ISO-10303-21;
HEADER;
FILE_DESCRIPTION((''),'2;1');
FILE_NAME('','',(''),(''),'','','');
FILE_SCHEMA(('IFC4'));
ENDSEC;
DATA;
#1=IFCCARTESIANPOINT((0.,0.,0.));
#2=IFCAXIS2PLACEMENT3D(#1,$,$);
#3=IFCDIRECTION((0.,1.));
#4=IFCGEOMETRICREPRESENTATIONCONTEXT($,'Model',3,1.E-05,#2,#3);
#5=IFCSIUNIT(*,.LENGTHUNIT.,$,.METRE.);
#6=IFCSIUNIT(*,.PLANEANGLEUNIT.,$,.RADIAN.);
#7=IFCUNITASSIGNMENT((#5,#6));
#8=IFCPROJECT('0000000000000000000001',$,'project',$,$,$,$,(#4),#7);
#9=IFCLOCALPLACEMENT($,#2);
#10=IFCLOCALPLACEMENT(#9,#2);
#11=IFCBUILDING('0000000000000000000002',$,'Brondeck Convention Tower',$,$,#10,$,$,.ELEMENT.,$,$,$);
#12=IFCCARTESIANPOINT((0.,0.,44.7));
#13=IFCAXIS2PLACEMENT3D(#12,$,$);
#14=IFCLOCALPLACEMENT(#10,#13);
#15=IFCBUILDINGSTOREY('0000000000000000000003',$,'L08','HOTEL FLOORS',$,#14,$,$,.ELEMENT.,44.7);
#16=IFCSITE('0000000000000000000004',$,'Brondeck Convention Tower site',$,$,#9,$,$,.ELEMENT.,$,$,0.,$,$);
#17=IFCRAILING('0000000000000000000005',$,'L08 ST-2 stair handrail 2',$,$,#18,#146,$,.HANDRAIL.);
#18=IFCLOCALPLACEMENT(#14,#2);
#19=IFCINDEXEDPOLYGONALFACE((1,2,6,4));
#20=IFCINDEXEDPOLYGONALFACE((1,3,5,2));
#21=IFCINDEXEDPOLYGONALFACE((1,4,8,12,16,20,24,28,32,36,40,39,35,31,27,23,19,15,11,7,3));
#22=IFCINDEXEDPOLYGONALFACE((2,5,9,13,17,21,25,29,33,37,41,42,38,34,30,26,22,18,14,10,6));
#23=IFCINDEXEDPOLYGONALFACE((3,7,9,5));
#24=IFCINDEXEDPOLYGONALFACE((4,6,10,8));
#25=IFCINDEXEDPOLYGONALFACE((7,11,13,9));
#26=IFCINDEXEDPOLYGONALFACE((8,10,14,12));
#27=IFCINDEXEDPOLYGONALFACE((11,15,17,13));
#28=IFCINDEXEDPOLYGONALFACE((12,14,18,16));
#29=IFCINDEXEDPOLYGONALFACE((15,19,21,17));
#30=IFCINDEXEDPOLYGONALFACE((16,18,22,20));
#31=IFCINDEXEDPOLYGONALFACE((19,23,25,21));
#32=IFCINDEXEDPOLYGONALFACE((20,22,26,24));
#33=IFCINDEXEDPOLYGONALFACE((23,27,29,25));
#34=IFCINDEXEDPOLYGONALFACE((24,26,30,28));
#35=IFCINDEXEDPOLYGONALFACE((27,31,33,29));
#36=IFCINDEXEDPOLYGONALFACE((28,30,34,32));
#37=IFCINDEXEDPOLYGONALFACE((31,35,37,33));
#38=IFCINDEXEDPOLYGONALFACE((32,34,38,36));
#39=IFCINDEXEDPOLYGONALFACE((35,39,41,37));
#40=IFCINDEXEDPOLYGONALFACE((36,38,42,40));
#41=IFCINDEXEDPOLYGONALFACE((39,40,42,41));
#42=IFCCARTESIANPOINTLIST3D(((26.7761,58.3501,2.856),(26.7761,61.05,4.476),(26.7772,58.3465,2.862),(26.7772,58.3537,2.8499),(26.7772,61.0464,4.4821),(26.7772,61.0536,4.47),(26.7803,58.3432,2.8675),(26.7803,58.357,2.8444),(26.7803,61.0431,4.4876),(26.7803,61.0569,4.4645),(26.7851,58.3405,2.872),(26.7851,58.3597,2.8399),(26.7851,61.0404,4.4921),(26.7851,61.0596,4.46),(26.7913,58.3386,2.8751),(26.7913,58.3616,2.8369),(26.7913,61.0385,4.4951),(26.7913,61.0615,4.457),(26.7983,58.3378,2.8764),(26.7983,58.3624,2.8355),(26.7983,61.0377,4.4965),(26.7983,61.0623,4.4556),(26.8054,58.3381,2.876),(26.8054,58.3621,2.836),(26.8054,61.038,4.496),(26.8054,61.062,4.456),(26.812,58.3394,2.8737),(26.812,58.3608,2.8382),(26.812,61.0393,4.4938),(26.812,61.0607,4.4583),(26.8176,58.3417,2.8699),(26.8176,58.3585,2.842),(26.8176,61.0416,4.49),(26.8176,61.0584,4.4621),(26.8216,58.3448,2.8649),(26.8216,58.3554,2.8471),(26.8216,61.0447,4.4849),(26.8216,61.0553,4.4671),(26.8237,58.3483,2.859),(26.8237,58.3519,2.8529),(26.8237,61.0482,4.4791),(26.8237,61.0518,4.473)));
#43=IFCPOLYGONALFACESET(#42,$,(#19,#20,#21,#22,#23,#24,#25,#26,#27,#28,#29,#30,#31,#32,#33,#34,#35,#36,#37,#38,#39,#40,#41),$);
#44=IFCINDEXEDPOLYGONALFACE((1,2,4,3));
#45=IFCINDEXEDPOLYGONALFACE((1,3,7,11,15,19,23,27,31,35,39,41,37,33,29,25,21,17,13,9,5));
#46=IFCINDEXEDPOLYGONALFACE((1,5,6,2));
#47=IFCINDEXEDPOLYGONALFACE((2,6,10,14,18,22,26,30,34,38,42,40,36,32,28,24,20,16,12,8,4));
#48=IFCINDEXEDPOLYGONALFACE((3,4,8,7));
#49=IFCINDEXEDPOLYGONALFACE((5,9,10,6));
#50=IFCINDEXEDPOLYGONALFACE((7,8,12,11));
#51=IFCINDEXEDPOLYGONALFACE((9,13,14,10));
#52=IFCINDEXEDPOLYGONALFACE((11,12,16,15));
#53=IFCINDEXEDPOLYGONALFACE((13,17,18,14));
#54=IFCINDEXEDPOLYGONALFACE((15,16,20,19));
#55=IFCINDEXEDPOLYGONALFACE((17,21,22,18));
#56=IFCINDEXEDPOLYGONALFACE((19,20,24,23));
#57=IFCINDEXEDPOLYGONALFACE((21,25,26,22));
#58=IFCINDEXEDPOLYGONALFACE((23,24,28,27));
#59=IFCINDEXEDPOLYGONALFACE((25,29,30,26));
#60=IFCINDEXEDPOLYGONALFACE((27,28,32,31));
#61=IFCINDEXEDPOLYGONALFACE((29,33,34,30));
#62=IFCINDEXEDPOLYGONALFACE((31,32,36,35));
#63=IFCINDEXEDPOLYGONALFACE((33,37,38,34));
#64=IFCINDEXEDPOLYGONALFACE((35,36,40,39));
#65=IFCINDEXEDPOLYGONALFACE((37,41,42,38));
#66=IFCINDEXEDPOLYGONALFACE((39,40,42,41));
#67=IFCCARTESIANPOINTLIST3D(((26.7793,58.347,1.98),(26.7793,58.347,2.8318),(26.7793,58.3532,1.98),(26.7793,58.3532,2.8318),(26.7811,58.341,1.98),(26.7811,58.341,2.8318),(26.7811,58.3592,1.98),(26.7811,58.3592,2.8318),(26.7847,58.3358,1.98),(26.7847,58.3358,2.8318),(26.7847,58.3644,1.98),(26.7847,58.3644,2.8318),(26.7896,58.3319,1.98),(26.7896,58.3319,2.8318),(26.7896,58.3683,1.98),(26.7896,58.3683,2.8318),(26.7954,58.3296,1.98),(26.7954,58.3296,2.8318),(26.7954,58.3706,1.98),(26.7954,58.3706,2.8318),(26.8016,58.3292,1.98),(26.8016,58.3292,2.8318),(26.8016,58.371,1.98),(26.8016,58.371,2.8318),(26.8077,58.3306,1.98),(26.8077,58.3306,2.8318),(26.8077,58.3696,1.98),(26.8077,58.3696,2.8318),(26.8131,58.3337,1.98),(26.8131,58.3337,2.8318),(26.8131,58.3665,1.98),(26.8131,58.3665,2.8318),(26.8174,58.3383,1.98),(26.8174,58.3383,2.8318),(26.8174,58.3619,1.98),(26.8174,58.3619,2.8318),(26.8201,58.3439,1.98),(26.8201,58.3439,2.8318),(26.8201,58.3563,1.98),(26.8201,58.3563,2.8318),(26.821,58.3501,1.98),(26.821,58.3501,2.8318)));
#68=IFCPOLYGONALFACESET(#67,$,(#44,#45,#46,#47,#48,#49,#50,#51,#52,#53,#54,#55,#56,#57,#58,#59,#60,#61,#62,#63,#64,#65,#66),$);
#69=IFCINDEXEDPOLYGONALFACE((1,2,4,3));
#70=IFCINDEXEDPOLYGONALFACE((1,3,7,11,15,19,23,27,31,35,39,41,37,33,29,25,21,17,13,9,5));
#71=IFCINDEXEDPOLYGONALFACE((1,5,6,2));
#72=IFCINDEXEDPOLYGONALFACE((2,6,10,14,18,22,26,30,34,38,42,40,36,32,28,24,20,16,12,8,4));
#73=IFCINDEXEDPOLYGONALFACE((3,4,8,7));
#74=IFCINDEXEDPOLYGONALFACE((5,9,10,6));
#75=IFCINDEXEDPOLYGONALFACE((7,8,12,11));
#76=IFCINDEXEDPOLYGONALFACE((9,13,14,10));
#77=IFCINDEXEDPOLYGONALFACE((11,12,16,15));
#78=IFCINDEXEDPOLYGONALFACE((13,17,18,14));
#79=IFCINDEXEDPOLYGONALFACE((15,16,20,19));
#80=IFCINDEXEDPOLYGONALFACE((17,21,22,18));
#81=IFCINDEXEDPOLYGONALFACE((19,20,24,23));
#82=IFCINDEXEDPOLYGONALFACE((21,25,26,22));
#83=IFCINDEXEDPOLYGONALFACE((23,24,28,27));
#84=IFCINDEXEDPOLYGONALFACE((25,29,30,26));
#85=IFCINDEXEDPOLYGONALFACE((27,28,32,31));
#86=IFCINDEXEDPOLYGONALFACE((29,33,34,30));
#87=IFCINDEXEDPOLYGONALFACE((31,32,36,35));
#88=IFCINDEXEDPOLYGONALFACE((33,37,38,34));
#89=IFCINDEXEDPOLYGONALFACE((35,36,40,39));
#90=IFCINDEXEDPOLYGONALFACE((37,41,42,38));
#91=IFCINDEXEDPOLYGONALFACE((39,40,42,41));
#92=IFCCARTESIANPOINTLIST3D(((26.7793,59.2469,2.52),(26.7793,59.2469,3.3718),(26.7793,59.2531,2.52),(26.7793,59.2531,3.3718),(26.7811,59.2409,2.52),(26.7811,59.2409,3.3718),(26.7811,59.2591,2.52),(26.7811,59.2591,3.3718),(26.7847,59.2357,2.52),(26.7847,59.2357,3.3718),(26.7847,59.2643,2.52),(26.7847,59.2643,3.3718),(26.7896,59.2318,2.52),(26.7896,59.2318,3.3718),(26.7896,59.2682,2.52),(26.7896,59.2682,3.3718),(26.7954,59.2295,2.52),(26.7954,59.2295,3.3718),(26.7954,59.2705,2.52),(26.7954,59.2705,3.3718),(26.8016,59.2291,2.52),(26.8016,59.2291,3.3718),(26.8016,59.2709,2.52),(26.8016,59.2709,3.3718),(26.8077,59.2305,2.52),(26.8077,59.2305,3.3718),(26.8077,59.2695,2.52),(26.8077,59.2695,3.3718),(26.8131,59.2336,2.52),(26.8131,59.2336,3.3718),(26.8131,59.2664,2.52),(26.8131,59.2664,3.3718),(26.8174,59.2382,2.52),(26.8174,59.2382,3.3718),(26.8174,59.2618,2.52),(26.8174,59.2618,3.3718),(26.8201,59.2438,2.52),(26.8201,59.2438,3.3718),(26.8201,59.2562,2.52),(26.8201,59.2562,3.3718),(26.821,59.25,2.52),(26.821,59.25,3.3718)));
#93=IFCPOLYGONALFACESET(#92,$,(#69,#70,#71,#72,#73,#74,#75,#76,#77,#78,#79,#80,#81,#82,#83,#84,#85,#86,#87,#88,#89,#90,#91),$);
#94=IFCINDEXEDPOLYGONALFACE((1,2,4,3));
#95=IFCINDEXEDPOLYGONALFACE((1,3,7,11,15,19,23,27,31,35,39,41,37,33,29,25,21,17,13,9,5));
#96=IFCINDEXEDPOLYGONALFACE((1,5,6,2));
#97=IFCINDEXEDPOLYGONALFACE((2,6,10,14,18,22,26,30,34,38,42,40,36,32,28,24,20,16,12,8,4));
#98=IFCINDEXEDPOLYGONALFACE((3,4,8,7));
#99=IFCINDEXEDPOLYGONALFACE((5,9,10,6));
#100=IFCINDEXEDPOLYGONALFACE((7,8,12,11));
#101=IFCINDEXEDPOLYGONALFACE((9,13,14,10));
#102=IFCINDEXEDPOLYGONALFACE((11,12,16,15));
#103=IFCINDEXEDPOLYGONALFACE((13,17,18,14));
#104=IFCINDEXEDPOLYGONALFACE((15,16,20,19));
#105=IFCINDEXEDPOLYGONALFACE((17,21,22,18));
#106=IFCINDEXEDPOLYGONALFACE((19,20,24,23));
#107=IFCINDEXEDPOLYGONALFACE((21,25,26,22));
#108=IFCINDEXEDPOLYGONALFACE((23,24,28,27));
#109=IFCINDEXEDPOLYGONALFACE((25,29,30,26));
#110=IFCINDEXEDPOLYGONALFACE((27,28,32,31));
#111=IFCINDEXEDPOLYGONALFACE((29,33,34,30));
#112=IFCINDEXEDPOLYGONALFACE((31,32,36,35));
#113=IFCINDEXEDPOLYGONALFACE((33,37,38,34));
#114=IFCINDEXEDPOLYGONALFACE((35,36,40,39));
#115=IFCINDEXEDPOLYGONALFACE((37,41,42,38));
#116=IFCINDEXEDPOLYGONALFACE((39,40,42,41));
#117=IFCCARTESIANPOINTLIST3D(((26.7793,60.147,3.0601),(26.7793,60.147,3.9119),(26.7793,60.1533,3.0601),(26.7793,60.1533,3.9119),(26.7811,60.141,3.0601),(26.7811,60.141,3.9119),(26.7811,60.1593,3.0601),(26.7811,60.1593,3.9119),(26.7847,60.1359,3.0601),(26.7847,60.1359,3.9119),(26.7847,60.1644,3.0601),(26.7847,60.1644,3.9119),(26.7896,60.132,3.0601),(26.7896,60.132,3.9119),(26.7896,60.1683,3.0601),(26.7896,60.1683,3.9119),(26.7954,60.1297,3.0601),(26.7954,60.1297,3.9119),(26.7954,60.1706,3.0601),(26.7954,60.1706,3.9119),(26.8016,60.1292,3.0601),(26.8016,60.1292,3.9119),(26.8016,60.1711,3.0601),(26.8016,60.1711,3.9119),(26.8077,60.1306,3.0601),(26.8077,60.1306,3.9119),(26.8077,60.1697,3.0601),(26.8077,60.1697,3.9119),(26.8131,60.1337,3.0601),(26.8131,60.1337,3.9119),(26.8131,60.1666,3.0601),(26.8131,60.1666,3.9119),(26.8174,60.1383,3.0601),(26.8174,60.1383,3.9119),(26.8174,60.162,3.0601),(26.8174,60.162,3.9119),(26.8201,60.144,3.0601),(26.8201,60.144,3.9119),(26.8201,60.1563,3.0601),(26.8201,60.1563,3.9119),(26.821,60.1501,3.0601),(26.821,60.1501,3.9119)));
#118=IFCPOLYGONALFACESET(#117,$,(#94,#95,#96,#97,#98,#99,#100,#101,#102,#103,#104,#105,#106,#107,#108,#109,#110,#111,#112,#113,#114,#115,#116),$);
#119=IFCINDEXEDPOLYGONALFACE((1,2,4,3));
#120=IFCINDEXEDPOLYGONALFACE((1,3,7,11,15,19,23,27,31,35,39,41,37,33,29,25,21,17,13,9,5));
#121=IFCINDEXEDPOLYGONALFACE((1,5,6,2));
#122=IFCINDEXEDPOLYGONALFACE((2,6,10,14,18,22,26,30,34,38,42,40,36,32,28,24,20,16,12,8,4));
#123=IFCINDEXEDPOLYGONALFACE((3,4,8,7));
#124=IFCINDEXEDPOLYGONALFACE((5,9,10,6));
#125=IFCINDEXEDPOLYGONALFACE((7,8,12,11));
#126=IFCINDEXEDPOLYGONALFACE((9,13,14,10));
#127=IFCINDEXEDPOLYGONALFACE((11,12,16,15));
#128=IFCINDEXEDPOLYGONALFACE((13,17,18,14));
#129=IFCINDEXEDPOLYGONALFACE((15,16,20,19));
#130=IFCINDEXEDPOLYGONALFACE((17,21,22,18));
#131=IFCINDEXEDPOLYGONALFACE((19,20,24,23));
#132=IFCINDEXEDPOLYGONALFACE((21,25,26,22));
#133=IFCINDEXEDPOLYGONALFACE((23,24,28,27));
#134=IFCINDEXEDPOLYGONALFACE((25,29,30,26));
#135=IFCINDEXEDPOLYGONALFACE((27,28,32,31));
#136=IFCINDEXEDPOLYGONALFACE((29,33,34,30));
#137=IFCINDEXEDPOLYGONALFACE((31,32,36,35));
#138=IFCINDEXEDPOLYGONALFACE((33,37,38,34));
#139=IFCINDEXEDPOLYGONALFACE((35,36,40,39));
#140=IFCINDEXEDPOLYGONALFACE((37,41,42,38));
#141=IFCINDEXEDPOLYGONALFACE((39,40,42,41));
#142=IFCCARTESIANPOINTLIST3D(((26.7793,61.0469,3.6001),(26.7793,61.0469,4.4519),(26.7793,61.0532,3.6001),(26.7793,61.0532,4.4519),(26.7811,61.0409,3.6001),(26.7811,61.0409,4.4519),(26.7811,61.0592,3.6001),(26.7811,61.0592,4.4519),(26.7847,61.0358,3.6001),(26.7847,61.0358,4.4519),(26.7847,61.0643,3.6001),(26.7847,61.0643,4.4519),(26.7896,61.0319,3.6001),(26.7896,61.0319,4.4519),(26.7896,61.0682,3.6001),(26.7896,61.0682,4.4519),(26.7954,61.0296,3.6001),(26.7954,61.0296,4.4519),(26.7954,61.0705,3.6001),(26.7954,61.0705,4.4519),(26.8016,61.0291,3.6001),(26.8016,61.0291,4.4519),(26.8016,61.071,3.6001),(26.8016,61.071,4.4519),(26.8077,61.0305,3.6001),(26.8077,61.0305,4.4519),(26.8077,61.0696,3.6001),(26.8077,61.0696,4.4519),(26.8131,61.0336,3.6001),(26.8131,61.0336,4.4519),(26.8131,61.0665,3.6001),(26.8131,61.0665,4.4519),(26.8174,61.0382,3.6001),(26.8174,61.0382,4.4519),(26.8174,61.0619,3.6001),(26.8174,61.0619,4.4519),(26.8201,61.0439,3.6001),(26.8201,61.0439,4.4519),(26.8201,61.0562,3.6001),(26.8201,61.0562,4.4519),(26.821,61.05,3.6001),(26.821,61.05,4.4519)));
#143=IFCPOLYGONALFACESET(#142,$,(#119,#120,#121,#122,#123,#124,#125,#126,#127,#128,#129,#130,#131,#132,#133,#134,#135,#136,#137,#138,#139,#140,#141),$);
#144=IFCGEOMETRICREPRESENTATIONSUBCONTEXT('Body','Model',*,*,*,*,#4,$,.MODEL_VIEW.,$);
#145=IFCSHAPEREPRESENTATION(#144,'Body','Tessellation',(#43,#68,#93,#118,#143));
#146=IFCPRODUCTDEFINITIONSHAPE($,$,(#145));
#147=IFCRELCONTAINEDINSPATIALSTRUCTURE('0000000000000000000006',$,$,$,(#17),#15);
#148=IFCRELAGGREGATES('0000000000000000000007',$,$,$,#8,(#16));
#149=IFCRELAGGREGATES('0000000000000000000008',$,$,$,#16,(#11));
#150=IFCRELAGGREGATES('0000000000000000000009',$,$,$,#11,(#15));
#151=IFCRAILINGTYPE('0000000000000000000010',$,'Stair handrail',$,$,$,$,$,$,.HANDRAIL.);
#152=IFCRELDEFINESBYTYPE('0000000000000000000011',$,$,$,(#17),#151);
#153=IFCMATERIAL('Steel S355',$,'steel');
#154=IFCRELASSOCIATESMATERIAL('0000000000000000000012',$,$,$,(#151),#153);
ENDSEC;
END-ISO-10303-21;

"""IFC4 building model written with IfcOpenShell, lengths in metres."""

from ifc_helpers import new_model, si_unit, direction, frame, origin, origin_2d, place, context, subcontext, project, spatial, circle, extrude, material, type_object, element, save


model = new_model("IFC4")

# Units and contexts
model_context = context("Model", 3, precision=1e-05, world=origin(), true_north=direction((0.0, 1.0)))
body_context = subcontext(model_context, "Body", "Model", "MODEL_VIEW")
ifc_project = project(units=[si_unit("LENGTHUNIT", "METRE"), si_unit("PLANEANGLEUNIT", "RADIAN")], contexts=[model_context])

# Site, building, storey
site_placement = place(None, origin())
site = spatial("IfcSite", under=ifc_project, at=site_placement, Name="Brondeck Convention Tower site", CompositionType="ELEMENT", RefElevation=0.0)
building_placement = place(site_placement, origin())
building = spatial("IfcBuilding", under=site, at=building_placement, Name="Brondeck Convention Tower", CompositionType="ELEMENT")
storey_placement = place(building_placement, frame((0.0, 0.0, 44.7)))
storey = spatial("IfcBuildingStorey", under=building, at=storey_placement, Name="L08", Description="HOTEL FLOORS", CompositionType="ELEMENT", Elevation=44.7)

# Railing
ifc_material_1 = material(Name="Steel S355", Category="steel")
railing_type_1 = type_object("IfcRailingType", Name="Stair handrail", PredefinedType="HANDRAIL", material=ifc_material_1)
railing_1_placement = place(storey_placement, frame((26.8, 58.3501, 1.98)))
element("IfcRailing", 1, at=railing_1_placement, inside=storey, type_object=railing_type_1, Name="L08 ST-2 stair handrail 2", PredefinedType="HANDRAIL", context=body_context, shape_type="SweptSolid", body=[
    extrude(circle(Radius=0.0239, at=origin_2d()), frame((0.0, 0.0, 0.876), z_axis=(0.0, 0.857472, 0.51453), x_axis=(-1.0, 0.0, 0.0)), (0.0, 0.0, 1.0), 3.1487),
    extrude(circle(Radius=0.021, at=origin_2d()), origin(), (0.0, 0.0, 1.0), 0.8518),
    extrude(circle(Radius=0.021, at=origin_2d()), frame((0.0, 0.8999, 0.54)), (0.0, 0.0, 1.0), 0.8518),
    extrude(circle(Radius=0.021, at=origin_2d()), frame((0.0, 1.8, 1.0801)), (0.0, 0.0, 1.0), 0.8518),
    extrude(circle(Radius=0.021, at=origin_2d()), frame((0.0, 2.7, 1.6201)), (0.0, 0.0, 1.0), 0.8518),
])

save(model, "model.ifc")
